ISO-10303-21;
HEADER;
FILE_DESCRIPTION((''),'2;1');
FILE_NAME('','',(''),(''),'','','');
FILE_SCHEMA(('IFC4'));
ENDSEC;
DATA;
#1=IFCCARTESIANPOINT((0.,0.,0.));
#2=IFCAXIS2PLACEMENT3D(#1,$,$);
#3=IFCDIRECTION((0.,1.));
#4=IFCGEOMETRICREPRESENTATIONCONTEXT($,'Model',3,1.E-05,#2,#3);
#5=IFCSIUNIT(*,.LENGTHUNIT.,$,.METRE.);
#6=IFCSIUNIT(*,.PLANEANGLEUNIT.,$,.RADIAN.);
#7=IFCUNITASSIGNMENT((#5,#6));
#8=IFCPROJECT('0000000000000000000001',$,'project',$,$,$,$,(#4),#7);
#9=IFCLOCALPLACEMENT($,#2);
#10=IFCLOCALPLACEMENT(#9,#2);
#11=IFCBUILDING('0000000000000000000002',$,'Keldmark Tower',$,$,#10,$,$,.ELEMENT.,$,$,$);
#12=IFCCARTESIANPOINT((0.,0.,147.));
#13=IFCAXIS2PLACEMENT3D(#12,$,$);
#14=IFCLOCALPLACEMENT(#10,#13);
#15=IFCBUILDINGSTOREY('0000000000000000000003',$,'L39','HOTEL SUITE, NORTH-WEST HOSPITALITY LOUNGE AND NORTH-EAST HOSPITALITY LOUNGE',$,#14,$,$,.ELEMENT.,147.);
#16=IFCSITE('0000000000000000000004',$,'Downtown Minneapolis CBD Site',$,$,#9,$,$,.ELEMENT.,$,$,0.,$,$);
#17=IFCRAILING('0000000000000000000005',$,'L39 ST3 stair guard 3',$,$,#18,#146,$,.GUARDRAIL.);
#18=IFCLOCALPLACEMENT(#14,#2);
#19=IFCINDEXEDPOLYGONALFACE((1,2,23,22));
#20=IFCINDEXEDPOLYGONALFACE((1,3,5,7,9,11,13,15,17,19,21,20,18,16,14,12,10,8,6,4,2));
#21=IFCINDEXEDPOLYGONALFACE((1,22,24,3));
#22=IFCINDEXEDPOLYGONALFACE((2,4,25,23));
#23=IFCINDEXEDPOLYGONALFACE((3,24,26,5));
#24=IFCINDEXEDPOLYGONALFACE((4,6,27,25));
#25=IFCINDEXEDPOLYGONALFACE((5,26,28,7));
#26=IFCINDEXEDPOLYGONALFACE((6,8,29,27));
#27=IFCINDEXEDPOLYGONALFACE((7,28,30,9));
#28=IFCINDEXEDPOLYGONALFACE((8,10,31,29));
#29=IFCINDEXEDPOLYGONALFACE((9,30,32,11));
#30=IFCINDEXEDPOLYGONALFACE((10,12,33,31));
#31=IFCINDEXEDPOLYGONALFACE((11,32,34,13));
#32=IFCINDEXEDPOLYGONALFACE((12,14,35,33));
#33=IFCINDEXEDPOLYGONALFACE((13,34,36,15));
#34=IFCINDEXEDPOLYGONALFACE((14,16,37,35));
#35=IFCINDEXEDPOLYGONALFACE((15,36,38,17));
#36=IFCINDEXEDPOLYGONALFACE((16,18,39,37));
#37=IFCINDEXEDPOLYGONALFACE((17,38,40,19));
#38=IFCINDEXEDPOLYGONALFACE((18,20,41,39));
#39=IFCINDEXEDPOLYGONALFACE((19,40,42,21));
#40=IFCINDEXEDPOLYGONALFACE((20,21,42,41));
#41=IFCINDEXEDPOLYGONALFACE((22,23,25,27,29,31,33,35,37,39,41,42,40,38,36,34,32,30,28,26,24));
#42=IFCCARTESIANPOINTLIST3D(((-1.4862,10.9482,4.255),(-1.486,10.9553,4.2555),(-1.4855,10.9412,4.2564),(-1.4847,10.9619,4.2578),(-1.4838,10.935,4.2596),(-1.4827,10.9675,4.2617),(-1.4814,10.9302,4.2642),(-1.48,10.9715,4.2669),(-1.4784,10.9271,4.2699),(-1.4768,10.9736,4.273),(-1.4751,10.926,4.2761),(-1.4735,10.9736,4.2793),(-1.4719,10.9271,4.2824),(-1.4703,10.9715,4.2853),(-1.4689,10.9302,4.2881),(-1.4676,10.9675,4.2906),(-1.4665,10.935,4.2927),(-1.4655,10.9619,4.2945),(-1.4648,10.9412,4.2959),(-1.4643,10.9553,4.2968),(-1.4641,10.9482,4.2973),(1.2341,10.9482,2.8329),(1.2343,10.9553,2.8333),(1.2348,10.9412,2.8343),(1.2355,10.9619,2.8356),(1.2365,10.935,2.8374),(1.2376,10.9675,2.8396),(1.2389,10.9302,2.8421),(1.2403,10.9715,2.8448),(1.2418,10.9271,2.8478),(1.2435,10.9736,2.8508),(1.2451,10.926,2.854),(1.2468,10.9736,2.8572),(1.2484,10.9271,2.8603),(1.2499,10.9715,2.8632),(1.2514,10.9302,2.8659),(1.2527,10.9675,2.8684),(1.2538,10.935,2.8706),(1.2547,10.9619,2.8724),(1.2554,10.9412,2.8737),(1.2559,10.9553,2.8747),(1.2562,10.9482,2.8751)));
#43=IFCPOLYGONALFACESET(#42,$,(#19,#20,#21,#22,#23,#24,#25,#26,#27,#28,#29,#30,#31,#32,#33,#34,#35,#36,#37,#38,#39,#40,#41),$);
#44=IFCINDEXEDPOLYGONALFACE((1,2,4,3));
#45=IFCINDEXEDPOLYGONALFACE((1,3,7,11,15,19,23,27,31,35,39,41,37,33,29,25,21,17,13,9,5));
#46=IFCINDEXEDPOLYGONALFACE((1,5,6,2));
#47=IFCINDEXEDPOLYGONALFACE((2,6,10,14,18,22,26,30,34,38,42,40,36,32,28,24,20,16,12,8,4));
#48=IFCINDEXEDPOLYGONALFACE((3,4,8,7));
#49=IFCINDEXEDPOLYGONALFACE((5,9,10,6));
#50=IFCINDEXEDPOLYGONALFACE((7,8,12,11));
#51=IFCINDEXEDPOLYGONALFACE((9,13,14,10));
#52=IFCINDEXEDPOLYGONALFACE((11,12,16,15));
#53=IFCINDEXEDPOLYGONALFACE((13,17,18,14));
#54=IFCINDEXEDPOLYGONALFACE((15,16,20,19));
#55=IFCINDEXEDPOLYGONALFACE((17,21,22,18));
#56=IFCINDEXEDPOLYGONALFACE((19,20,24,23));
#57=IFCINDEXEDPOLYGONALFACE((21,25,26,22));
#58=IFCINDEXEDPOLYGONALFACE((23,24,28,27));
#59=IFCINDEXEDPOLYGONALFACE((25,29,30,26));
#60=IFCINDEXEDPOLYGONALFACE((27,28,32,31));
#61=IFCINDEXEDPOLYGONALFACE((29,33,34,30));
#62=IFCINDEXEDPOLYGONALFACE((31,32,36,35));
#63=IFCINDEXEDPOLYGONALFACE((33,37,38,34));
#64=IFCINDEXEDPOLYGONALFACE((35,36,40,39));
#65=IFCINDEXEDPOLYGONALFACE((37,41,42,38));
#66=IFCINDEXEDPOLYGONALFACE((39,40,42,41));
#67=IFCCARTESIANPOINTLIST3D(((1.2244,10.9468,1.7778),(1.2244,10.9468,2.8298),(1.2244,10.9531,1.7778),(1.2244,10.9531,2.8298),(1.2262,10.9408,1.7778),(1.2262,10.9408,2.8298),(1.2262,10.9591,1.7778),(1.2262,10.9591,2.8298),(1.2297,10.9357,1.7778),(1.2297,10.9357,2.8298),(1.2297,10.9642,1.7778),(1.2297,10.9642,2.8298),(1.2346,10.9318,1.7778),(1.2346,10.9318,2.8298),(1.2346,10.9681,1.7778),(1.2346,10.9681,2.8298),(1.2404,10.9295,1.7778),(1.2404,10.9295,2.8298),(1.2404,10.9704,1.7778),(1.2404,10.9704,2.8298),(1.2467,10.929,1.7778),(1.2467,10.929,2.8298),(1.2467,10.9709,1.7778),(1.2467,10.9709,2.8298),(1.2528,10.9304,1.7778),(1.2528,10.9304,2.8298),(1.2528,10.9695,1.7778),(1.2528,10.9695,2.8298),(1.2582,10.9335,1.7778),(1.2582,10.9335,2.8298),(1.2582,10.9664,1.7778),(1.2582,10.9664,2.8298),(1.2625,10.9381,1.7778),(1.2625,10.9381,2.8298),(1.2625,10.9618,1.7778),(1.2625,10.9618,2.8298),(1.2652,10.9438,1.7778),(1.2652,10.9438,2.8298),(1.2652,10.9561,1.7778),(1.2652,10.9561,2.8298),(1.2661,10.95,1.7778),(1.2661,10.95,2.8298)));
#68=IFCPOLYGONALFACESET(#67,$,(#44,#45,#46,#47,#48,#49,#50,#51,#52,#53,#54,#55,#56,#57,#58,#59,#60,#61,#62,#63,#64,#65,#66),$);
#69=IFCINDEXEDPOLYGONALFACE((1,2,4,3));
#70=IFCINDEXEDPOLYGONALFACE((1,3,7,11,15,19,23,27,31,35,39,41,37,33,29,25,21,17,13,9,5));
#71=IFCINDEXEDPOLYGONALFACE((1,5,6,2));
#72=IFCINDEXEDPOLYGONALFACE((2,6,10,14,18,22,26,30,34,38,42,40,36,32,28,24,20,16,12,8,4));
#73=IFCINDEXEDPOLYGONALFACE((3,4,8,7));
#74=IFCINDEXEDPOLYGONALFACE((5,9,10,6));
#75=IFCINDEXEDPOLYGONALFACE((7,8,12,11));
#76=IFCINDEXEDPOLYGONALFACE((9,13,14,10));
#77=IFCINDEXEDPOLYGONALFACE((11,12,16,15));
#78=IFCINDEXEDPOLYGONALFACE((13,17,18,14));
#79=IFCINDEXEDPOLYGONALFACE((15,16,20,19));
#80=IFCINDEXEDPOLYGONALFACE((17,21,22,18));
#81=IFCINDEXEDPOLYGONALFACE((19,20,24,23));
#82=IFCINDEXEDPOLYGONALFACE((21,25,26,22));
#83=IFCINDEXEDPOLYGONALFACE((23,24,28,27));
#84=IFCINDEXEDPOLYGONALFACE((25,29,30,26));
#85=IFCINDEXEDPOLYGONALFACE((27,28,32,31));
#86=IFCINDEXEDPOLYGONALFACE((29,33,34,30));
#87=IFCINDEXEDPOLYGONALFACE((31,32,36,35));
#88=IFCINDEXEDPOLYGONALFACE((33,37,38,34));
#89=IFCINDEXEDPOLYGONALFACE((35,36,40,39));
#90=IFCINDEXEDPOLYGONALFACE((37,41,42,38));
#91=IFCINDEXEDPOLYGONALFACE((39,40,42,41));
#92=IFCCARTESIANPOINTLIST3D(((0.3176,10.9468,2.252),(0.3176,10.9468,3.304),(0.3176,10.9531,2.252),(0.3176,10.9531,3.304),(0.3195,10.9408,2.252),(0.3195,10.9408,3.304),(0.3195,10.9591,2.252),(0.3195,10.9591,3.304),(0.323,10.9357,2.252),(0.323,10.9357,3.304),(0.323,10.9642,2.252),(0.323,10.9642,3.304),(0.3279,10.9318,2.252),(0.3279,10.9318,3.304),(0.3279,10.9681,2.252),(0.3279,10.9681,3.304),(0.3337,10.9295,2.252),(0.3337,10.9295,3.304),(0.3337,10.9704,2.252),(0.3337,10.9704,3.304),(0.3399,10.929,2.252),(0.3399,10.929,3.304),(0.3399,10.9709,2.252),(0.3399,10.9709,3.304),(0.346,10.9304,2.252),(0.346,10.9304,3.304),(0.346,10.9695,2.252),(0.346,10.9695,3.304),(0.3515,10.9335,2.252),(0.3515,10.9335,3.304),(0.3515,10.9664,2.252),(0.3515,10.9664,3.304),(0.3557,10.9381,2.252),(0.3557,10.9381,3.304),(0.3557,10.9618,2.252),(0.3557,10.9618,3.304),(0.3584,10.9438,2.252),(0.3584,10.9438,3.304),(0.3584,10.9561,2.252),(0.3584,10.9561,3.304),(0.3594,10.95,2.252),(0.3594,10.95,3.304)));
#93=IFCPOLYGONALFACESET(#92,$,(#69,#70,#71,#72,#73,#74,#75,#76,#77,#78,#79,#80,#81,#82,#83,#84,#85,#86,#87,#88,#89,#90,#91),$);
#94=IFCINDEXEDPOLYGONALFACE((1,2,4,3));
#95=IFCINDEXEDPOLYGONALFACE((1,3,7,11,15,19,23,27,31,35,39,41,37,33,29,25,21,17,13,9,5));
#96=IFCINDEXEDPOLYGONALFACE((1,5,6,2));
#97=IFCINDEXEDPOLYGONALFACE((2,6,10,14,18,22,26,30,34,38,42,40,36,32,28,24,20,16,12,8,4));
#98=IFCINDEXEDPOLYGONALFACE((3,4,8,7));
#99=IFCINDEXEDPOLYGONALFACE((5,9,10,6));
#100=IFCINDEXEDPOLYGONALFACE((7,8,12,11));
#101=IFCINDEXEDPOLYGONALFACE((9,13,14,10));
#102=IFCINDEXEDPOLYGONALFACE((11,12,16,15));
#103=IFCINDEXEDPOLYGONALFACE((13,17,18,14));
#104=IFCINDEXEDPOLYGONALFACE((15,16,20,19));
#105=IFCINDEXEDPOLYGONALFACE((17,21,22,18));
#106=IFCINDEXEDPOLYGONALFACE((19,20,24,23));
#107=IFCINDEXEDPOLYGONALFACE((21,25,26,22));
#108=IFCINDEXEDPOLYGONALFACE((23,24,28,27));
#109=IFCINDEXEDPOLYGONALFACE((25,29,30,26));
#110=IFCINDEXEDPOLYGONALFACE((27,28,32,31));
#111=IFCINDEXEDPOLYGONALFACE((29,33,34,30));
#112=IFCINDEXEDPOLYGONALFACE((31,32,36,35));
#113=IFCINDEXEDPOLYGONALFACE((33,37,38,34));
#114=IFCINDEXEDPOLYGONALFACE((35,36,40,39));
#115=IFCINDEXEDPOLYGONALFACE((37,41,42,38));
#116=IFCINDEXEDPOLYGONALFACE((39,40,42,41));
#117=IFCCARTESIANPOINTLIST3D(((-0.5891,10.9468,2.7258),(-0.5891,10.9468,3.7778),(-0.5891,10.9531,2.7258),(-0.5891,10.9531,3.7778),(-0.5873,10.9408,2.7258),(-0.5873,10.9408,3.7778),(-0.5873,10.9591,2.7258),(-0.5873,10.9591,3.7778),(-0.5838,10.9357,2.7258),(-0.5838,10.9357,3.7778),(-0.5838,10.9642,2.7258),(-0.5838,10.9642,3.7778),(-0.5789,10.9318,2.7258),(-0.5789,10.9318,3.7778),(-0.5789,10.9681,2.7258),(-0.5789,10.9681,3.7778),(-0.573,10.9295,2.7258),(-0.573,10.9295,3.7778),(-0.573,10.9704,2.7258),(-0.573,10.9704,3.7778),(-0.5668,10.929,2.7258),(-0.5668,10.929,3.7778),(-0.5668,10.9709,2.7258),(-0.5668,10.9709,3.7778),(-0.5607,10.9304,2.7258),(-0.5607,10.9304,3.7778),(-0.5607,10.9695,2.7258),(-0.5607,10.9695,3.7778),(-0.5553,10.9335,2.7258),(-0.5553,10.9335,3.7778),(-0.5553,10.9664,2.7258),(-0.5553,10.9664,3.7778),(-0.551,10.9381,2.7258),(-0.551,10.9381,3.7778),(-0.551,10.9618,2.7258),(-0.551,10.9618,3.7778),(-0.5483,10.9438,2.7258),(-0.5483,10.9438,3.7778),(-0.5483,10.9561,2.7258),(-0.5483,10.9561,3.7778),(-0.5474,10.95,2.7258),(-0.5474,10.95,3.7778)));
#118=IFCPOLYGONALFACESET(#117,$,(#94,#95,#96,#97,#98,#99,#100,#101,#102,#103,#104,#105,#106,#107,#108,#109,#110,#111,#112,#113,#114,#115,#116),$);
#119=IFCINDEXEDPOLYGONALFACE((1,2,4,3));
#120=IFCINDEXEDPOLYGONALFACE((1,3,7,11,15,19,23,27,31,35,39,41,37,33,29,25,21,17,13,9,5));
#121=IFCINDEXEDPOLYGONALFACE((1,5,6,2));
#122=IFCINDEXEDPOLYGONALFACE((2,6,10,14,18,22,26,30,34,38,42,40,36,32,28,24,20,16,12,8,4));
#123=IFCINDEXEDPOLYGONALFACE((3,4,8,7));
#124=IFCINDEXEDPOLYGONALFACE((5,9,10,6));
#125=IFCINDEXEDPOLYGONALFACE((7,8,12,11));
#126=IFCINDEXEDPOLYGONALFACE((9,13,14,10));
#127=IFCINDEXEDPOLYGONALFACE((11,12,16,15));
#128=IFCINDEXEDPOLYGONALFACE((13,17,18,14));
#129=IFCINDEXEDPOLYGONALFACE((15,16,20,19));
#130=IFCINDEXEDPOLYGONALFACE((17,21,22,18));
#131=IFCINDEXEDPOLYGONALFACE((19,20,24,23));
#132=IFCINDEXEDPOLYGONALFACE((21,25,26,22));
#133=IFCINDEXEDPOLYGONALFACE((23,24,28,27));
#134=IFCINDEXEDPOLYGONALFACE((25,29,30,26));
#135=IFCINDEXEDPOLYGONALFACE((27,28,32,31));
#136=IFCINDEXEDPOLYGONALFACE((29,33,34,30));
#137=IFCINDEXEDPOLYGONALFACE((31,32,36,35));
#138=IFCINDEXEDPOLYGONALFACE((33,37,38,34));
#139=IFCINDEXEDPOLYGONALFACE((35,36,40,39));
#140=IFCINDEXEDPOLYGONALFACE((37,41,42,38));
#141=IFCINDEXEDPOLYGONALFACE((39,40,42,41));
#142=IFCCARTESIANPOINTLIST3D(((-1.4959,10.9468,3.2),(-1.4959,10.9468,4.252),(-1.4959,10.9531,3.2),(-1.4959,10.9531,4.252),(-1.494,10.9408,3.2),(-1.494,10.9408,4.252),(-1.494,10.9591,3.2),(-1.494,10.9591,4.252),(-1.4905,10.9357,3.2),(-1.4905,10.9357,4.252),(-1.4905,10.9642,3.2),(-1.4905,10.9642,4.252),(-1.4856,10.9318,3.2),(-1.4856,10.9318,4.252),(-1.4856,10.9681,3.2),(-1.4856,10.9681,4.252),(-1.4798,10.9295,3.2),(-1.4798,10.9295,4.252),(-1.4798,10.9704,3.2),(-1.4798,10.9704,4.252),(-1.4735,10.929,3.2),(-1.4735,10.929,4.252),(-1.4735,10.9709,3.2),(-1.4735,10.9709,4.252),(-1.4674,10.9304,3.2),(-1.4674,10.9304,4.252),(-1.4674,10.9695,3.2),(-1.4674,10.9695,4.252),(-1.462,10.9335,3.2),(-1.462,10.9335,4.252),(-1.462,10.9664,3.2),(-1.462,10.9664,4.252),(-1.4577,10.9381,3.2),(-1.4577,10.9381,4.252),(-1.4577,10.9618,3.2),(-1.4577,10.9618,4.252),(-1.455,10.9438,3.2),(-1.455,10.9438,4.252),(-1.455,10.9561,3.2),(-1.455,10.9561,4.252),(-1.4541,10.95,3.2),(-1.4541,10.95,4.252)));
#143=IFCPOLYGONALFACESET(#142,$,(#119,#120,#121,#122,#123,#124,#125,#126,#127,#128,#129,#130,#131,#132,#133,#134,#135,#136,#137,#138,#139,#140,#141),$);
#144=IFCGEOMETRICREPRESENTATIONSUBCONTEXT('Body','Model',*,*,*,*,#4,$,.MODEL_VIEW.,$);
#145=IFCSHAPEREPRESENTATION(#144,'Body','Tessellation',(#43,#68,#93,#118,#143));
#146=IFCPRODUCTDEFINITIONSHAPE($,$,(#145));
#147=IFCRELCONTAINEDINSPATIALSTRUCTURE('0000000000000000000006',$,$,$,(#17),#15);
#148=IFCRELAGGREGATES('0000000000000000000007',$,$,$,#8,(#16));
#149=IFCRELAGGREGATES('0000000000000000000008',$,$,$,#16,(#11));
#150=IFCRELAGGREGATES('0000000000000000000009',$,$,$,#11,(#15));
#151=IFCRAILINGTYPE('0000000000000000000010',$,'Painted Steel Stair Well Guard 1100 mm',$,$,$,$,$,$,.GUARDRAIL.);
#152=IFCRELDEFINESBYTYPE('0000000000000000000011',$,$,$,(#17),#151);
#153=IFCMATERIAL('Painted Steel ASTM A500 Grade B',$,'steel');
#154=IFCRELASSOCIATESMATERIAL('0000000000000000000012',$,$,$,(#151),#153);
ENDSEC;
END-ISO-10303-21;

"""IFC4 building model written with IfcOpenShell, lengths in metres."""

from ifc_helpers import new_model, si_unit, direction, frame, origin, origin_2d, place, context, subcontext, project, spatial, circle, extrude, material, type_object, element, save


model = new_model("IFC4")

# Units and contexts
model_context = context("Model", 3, precision=1e-05, world=origin(), true_north=direction((0.0, 1.0)))
body_context = subcontext(model_context, "Body", "Model", "MODEL_VIEW")
ifc_project = project(units=[si_unit("LENGTHUNIT", "METRE"), si_unit("PLANEANGLEUNIT", "RADIAN")], contexts=[model_context])

# Site, building, storey
site_placement = place(None, origin())
site = spatial("IfcSite", under=ifc_project, at=site_placement, Name="Downtown Minneapolis CBD Site", CompositionType="ELEMENT", RefElevation=0.0)
building_placement = place(site_placement, origin())
building = spatial("IfcBuilding", under=site, at=building_placement, Name="Keldmark Tower", CompositionType="ELEMENT")
storey_placement = place(building_placement, frame((0.0, 0.0, 147.0)))
storey = spatial("IfcBuildingStorey", under=building, at=storey_placement, Name="L39", Description="HOTEL SUITE, NORTH-WEST HOSPITALITY LOUNGE AND NORTH-EAST HOSPITALITY LOUNGE", CompositionType="ELEMENT", Elevation=147.0)

# Railing
ifc_material_1 = material(Name="Painted Steel ASTM A500 Grade B", Category="steel")
railing_type_1 = type_object("IfcRailingType", Name="Painted Steel Stair Well Guard 1100 mm", PredefinedType="GUARDRAIL", material=ifc_material_1)
railing_1_placement = place(storey_placement, frame((1.2451, 10.95, 1.7778)))
element("IfcRailing", 1, at=railing_1_placement, inside=storey, type_object=railing_type_1, Name="L39 ST3 stair guard 3", PredefinedType="GUARDRAIL", context=body_context, shape_type="SweptSolid", body=[
    extrude(circle(Radius=0.0239, at=origin_2d()), frame((0.0, 0.0, 1.0762), z_axis=(-0.8862, 0.0, 0.463302), x_axis=(0.0, -1.0, 0.0)), (0.0, 0.0, 1.0), 3.0696),
    extrude(circle(Radius=0.021, at=origin_2d()), origin(), (0.0, 0.0, 1.0), 1.052),
    extrude(circle(Radius=0.021, at=origin_2d()), frame((-0.9067, 0.0, 0.4741)), (0.0, 0.0, 1.0), 1.052),
    extrude(circle(Radius=0.021, at=origin_2d()), frame((-1.8135, 0.0, 0.948)), (0.0, 0.0, 1.0), 1.052),
    extrude(circle(Radius=0.021, at=origin_2d()), frame((-2.7202, 0.0, 1.4221)), (0.0, 0.0, 1.0), 1.052),
])

save(model, "model.ifc")
